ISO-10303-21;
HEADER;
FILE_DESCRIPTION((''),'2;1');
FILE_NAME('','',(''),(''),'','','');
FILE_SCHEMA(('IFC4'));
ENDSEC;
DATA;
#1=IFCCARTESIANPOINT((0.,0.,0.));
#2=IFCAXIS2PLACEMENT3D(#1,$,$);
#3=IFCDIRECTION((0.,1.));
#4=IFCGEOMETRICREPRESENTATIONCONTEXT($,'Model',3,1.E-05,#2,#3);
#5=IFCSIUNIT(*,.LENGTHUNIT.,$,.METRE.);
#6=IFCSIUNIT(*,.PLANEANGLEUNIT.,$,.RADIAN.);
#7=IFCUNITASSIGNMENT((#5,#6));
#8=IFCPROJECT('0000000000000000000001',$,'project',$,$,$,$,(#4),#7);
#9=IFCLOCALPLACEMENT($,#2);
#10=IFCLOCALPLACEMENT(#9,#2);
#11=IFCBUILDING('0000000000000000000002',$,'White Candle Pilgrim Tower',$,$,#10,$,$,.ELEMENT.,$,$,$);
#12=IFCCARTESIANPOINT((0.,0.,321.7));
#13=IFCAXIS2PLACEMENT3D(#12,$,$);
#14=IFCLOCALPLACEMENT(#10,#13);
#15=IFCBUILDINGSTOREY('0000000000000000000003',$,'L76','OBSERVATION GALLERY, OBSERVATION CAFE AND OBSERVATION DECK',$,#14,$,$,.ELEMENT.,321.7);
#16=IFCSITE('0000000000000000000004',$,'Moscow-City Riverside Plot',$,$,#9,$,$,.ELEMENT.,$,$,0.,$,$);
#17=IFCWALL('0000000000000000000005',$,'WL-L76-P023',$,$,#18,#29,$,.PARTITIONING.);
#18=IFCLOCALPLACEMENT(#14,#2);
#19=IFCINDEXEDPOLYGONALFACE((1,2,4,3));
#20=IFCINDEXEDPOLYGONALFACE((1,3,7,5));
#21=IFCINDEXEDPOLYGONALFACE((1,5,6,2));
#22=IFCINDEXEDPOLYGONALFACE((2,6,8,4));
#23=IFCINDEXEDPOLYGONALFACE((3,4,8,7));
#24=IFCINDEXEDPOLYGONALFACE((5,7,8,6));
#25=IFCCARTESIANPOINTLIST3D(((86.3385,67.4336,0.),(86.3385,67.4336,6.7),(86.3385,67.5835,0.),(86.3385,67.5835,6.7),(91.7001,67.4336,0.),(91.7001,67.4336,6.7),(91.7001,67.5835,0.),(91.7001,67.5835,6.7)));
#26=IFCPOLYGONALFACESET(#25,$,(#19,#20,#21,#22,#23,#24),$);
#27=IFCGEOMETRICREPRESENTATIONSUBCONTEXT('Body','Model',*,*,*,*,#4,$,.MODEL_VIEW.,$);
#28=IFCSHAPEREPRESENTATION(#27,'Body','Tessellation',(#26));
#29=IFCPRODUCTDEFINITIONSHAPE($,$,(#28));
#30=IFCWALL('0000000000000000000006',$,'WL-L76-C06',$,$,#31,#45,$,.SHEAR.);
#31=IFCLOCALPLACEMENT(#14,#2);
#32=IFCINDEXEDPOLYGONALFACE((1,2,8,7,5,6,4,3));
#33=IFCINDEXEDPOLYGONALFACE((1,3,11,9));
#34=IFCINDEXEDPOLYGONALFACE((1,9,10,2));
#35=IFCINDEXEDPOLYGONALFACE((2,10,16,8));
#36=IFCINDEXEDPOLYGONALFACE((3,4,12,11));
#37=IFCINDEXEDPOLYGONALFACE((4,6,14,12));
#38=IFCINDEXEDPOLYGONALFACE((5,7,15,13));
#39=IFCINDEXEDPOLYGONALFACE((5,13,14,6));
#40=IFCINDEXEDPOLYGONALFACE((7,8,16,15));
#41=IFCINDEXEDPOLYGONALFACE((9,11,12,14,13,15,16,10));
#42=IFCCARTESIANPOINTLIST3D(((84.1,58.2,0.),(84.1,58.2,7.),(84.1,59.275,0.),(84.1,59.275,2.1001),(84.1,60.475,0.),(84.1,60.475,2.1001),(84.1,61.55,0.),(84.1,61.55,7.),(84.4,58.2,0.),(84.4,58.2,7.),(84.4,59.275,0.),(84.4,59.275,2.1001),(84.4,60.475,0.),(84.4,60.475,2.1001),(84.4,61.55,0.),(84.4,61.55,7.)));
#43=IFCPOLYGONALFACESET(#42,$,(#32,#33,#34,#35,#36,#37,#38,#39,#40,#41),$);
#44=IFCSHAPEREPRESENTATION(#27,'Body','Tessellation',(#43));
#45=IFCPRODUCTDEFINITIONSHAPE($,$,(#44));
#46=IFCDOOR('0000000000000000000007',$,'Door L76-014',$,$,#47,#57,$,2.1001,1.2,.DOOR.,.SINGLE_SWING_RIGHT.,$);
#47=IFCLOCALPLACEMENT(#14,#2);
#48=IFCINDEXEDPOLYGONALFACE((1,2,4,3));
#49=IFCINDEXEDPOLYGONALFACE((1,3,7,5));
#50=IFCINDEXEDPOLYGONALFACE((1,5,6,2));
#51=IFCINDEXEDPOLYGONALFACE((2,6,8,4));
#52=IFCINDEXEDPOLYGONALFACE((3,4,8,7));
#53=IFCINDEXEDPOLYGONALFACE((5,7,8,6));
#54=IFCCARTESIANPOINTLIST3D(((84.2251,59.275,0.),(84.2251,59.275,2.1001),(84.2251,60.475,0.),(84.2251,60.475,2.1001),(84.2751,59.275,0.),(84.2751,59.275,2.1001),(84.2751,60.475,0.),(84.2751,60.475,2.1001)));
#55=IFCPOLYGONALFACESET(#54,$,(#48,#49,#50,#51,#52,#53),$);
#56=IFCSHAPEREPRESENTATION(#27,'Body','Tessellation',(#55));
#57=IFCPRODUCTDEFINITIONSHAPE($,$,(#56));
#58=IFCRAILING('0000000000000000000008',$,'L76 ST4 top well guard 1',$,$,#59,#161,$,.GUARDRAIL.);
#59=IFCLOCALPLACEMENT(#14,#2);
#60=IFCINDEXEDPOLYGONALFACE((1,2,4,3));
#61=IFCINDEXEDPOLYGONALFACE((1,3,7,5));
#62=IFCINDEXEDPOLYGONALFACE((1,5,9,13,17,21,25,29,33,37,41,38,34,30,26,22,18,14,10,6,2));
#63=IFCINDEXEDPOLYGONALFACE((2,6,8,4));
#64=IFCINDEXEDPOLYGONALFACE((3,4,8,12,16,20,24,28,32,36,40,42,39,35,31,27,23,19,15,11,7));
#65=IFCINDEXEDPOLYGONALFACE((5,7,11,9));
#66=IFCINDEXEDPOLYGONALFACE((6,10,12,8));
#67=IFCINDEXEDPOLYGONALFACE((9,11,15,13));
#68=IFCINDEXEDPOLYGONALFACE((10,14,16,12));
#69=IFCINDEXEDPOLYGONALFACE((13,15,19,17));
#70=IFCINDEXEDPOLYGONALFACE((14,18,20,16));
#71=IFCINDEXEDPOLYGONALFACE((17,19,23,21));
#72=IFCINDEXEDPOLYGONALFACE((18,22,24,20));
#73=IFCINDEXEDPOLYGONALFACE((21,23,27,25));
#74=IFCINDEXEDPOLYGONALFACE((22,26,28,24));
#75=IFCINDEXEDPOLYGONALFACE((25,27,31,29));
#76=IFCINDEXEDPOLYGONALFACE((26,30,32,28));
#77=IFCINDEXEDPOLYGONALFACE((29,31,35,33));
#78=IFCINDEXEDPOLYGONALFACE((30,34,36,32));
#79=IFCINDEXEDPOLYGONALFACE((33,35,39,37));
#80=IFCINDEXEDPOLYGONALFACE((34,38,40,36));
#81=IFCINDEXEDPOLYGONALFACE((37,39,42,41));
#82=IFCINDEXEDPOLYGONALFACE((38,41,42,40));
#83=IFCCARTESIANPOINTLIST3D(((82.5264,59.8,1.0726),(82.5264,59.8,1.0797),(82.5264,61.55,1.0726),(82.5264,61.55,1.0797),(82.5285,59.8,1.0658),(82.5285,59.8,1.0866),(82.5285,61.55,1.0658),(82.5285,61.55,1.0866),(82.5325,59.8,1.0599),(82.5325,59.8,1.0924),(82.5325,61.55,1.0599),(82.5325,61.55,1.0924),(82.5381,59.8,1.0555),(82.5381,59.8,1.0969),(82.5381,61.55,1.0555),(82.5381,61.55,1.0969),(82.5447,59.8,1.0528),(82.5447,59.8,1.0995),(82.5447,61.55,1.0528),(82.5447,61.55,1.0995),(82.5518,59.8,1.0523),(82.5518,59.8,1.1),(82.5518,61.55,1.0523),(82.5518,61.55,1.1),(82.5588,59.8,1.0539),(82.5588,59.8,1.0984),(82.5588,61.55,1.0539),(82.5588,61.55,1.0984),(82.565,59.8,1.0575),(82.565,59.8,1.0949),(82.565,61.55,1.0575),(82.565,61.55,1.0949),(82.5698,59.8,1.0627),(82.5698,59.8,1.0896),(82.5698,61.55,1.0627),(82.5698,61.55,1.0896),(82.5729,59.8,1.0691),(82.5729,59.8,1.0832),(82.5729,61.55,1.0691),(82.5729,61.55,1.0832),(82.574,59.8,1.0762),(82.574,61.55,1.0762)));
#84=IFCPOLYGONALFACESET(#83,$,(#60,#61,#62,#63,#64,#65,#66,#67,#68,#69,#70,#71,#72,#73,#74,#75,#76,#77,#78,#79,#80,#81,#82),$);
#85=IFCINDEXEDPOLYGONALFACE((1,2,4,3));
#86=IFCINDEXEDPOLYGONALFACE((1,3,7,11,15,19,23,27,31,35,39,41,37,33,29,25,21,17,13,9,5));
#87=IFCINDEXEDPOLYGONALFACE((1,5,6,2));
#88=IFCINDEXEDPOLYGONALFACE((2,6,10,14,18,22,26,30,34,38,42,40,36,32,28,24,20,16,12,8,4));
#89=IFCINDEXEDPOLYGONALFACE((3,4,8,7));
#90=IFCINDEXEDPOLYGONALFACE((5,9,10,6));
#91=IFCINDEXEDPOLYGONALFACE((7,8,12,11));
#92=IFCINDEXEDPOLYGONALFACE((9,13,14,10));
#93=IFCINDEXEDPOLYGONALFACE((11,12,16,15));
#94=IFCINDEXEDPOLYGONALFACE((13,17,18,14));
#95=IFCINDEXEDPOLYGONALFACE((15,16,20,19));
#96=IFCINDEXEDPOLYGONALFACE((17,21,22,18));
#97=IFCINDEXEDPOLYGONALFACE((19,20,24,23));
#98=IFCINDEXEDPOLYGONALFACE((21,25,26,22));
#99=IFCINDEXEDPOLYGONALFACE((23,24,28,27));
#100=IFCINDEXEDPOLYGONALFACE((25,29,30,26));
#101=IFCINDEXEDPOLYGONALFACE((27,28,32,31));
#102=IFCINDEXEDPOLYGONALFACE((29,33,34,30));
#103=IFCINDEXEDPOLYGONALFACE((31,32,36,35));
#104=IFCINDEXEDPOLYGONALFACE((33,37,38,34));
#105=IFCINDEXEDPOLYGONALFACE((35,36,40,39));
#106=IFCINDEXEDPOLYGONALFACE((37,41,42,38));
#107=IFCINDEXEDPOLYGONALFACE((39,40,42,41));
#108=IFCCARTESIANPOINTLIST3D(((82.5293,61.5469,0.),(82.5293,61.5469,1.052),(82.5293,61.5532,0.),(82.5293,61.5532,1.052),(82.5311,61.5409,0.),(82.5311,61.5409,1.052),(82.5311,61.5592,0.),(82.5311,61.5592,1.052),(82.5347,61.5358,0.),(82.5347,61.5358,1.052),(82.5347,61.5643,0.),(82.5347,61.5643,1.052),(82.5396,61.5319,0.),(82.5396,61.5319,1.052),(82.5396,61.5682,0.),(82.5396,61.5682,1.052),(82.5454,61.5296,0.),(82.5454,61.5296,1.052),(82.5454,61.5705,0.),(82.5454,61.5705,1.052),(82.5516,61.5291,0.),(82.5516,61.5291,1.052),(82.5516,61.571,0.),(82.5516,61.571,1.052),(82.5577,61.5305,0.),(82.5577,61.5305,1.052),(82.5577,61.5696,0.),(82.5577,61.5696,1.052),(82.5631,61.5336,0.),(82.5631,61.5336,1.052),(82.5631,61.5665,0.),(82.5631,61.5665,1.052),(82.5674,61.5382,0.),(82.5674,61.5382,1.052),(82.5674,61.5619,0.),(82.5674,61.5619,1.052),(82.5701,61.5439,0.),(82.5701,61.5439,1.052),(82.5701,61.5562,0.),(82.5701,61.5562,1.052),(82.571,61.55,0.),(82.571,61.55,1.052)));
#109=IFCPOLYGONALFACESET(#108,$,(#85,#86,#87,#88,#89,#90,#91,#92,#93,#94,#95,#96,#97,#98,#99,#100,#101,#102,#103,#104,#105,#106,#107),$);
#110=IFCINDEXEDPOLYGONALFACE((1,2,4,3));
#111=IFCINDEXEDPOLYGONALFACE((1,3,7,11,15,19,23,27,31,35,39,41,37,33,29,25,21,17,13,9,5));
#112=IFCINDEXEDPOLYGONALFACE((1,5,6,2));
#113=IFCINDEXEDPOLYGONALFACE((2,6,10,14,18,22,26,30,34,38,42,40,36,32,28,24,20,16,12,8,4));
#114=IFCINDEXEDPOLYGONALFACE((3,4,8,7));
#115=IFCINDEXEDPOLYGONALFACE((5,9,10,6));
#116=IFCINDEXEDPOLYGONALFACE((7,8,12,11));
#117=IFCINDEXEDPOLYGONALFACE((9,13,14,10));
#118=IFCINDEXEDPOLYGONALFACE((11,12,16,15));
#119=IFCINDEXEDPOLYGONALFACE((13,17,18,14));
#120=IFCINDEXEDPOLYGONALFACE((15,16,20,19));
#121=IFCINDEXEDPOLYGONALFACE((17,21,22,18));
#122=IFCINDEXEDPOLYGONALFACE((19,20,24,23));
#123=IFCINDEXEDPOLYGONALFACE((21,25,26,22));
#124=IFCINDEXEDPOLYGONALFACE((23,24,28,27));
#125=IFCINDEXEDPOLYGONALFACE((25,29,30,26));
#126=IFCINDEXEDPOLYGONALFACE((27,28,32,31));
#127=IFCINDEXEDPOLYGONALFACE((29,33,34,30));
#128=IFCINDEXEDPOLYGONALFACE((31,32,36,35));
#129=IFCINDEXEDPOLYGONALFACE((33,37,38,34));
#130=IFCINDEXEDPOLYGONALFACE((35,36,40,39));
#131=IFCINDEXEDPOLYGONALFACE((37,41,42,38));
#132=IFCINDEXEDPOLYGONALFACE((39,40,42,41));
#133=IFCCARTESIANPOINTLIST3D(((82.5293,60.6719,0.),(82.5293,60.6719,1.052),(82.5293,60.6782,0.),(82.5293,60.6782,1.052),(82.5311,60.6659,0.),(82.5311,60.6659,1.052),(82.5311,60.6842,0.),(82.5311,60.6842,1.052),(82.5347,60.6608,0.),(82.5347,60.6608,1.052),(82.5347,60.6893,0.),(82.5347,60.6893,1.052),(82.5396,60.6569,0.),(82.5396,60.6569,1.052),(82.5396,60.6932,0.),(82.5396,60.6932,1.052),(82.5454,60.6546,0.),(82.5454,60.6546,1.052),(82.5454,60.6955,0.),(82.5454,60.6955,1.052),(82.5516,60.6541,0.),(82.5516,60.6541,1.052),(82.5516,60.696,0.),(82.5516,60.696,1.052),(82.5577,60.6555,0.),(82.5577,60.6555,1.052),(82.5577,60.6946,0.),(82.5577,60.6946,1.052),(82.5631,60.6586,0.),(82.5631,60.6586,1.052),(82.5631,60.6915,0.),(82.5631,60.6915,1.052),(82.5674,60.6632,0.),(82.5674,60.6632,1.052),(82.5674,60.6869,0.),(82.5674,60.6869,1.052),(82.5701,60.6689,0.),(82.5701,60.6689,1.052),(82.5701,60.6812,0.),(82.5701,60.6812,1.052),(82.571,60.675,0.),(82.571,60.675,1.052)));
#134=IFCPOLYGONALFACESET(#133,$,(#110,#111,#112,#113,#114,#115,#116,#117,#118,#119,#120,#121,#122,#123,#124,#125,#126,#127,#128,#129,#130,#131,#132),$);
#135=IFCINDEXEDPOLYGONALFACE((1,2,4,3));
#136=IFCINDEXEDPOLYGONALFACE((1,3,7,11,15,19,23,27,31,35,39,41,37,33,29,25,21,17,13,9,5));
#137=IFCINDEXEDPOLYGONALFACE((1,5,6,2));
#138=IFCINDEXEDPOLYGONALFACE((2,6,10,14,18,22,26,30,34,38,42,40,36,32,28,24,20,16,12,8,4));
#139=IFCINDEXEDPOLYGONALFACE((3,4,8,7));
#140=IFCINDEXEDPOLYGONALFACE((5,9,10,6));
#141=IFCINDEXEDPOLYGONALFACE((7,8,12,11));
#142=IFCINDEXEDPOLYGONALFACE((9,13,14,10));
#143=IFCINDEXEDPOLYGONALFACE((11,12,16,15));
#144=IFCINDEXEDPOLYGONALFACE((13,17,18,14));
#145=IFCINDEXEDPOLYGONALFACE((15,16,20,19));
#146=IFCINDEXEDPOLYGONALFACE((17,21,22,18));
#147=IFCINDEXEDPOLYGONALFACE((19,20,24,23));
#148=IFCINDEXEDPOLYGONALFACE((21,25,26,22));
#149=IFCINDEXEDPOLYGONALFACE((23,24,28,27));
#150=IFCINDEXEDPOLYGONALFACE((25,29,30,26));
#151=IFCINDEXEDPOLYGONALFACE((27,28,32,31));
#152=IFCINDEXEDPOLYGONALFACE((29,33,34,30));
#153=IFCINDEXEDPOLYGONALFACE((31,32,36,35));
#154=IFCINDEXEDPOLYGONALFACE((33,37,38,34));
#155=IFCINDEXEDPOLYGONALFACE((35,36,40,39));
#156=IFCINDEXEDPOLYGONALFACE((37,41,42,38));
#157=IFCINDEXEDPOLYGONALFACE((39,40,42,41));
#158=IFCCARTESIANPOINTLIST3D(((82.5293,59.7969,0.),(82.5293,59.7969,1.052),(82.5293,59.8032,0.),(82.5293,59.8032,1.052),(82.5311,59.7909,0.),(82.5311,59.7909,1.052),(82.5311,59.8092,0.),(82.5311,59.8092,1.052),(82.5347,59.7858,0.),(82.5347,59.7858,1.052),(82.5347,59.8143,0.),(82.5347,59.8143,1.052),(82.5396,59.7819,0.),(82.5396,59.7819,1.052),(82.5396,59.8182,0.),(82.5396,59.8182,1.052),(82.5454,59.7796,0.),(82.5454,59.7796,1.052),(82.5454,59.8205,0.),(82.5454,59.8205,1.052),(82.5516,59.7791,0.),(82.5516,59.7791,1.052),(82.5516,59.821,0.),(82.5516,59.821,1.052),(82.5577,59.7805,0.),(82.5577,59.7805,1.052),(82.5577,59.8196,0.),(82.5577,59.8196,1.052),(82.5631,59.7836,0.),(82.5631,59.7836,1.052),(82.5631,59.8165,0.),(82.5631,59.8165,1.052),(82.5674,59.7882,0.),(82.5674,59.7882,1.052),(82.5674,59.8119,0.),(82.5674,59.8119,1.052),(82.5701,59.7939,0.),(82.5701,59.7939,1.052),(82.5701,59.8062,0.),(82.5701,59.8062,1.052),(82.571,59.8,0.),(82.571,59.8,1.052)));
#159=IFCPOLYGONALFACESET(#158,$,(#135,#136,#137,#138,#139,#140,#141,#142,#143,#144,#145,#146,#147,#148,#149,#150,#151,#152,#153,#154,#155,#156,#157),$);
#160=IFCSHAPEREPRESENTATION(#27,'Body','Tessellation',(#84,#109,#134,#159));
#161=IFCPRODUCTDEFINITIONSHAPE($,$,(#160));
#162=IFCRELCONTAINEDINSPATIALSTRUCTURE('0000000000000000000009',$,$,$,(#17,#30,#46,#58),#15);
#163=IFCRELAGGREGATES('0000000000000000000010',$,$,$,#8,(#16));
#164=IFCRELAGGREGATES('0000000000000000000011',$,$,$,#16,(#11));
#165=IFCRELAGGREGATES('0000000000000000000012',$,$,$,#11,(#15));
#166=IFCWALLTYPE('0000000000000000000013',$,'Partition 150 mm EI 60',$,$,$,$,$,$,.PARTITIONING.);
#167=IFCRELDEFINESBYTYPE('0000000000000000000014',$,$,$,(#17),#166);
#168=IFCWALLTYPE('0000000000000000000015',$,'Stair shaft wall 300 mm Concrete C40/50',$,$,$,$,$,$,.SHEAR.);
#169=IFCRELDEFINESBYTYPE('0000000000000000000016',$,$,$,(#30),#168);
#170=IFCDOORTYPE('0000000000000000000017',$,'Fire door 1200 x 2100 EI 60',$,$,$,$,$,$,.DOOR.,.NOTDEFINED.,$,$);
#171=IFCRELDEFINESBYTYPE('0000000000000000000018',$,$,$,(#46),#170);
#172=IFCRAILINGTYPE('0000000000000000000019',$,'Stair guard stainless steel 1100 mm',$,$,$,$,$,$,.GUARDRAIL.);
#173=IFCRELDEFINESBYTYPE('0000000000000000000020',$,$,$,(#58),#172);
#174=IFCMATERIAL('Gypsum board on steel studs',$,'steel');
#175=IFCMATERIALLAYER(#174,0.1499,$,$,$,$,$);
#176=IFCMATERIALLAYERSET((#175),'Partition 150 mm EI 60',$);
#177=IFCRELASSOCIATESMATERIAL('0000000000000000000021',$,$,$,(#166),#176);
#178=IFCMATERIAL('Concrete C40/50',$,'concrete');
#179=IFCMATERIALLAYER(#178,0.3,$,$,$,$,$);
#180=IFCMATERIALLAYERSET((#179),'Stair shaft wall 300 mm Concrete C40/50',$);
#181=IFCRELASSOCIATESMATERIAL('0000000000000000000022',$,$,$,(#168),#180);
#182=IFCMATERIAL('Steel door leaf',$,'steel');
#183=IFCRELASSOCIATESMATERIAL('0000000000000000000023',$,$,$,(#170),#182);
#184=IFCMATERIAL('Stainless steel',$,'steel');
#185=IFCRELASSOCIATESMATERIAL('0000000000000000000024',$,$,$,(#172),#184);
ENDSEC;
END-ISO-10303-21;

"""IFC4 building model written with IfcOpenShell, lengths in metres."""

from ifc_helpers import new_model, si_unit, direction, frame, frame_2d, origin, origin_2d, place, context, subcontext, project, spatial, rectangle, circle, extrude, material, layer, layer_set, type_object, element, fill, save


model = new_model("IFC4")

# Units and contexts
model_context = context("Model", 3, precision=1e-05, world=origin(), true_north=direction((0.0, 1.0)))
body_context = subcontext(model_context, "Body", "Model", "MODEL_VIEW")
ifc_project = project(units=[si_unit("LENGTHUNIT", "METRE"), si_unit("PLANEANGLEUNIT", "RADIAN")], contexts=[model_context])

# Site, building, storey
site_placement = place(None, origin())
site = spatial("IfcSite", under=ifc_project, at=site_placement, Name="Moscow-City Riverside Plot", CompositionType="ELEMENT", RefElevation=0.0)
building_placement = place(site_placement, origin())
building = spatial("IfcBuilding", under=site, at=building_placement, Name="White Candle Pilgrim Tower", CompositionType="ELEMENT")
storey_placement = place(building_placement, frame((0.0, 0.0, 321.7)))
storey = spatial("IfcBuildingStorey", under=building, at=storey_placement, Name="L76", Description="OBSERVATION GALLERY, OBSERVATION CAFE AND OBSERVATION DECK", CompositionType="ELEMENT", Elevation=321.7)

# Shared definitions
ifc_material_1 = material(Name="Concrete C40/50", Category="concrete")

# Shared definitions
ifc_material_2 = material(Name="Gypsum board on steel studs", Category="steel")
ifc_material_3 = material(Name="Steel door leaf", Category="steel")

# Wall
ifc_layer_1 = layer(ifc_material_2, 0.1499)
ifc_layer_set_1 = layer_set([ifc_layer_1], Name="Partition 150 mm EI 60")
wall_type_1 = type_object("IfcWallType", Name="Partition 150 mm EI 60", PredefinedType="PARTITIONING", material=ifc_layer_set_1)
wall_1_placement = place(storey_placement, frame((91.7, 67.5085, 0.0), z_axis=(0.0, 0.0, 1.0), x_axis=(-1.0, 0.0, 0.0)))
element("IfcWall", 1, at=wall_1_placement, inside=storey, type_object=wall_type_1, Name="WL-L76-P023", PredefinedType="PARTITIONING", context=body_context, shape_type="SweptSolid", body=[
    extrude(rectangle(XDim=5.3616, YDim=0.1499, at=frame_2d((2.6807, 0.0))), origin(), (0.0, 0.0, 1.0), 6.7),
])

# Wall, opening, door
ifc_layer_2 = layer(ifc_material_1, 0.3)
ifc_layer_set_2 = layer_set([ifc_layer_2], Name="Stair shaft wall 300 mm Concrete C40/50")
wall_type_2 = type_object("IfcWallType", Name="Stair shaft wall 300 mm Concrete C40/50", PredefinedType="SHEAR", material=ifc_layer_set_2)
wall_2_placement = place(storey_placement, frame((84.25, 58.2, 0.0), z_axis=(0.0, 0.0, 1.0), x_axis=(0.0, 1.0, 0.0)))
wall_2 = element("IfcWall", 2, at=wall_2_placement, inside=storey, type_object=wall_type_2, Name="WL-L76-C06", PredefinedType="SHEAR", context=body_context, shape_type="SweptSolid", body=[
    extrude(rectangle(XDim=3.3501, YDim=0.3, at=frame_2d((1.675, 0.0))), origin(), (0.0, 0.0, 1.0), 7.0),
])
opening_1_placement = place(wall_2_placement, frame((1.075, 0.0, 0.0)))
opening_1 = element("IfcOpeningElement", 3, at=opening_1_placement, cuts=wall_2, PredefinedType="OPENING", context=body_context, shape_type="SweptSolid", body=[
    extrude(rectangle(XDim=1.2, YDim=2.1001, at=frame_2d((0.6001, 1.05))), frame((0.0, 0.1599, 0.0), z_axis=(0.0, -1.0, 0.0), x_axis=(1.0, 0.0, 0.0)), (0.0, 0.0, 1.0), 0.3201),
])
door_type_1 = type_object("IfcDoorType", Name="Fire door 1200 x 2100 EI 60", OperationType="NOTDEFINED", PredefinedType="DOOR", material=ifc_material_3)
door_1_placement = place(opening_1_placement, origin())
door_1 = element("IfcDoor", 4, at=door_1_placement, inside=storey, type_object=door_type_1, Name="Door L76-014", OperationType="SINGLE_SWING_RIGHT", OverallHeight=2.1001, OverallWidth=1.2, PredefinedType="DOOR", context=body_context, shape_type="SweptSolid", body=[
    extrude(rectangle(XDim=1.2, YDim=2.1001, at=frame_2d((0.6001, 1.05))), frame((0.0, 0.0249, 0.0), z_axis=(0.0, -1.0, 0.0), x_axis=(1.0, 0.0, 0.0)), (0.0, 0.0, 1.0), 0.05),
])
fill(opening_1, door_1)

# Railing
ifc_material_4 = material(Name="Stainless steel", Category="steel")
railing_type = type_object("IfcRailingType", Name="Stair guard stainless steel 1100 mm", PredefinedType="GUARDRAIL", material=ifc_material_4)
railing_placement = place(storey_placement, frame((82.55, 61.55, 0.0)))
element("IfcRailing", 5, at=railing_placement, inside=storey, type_object=railing_type, Name="L76 ST4 top well guard 1", PredefinedType="GUARDRAIL", context=body_context, shape_type="SweptSolid", body=[
    extrude(circle(Radius=0.0239, at=origin_2d()), frame((0.0, 0.0, 1.0762), z_axis=(0.0, -1.0, 0.0), x_axis=(1.0, 0.0, 0.0)), (0.0, 0.0, 1.0), 1.75),
    extrude(circle(Radius=0.021, at=origin_2d()), origin(), (0.0, 0.0, 1.0), 1.052),
    extrude(circle(Radius=0.021, at=origin_2d()), frame((0.0, -0.875, 0.0)), (0.0, 0.0, 1.0), 1.052),
    extrude(circle(Radius=0.021, at=origin_2d()), frame((0.0, -1.75, 0.0)), (0.0, 0.0, 1.0), 1.052),
])

save(model, "model.ifc")
